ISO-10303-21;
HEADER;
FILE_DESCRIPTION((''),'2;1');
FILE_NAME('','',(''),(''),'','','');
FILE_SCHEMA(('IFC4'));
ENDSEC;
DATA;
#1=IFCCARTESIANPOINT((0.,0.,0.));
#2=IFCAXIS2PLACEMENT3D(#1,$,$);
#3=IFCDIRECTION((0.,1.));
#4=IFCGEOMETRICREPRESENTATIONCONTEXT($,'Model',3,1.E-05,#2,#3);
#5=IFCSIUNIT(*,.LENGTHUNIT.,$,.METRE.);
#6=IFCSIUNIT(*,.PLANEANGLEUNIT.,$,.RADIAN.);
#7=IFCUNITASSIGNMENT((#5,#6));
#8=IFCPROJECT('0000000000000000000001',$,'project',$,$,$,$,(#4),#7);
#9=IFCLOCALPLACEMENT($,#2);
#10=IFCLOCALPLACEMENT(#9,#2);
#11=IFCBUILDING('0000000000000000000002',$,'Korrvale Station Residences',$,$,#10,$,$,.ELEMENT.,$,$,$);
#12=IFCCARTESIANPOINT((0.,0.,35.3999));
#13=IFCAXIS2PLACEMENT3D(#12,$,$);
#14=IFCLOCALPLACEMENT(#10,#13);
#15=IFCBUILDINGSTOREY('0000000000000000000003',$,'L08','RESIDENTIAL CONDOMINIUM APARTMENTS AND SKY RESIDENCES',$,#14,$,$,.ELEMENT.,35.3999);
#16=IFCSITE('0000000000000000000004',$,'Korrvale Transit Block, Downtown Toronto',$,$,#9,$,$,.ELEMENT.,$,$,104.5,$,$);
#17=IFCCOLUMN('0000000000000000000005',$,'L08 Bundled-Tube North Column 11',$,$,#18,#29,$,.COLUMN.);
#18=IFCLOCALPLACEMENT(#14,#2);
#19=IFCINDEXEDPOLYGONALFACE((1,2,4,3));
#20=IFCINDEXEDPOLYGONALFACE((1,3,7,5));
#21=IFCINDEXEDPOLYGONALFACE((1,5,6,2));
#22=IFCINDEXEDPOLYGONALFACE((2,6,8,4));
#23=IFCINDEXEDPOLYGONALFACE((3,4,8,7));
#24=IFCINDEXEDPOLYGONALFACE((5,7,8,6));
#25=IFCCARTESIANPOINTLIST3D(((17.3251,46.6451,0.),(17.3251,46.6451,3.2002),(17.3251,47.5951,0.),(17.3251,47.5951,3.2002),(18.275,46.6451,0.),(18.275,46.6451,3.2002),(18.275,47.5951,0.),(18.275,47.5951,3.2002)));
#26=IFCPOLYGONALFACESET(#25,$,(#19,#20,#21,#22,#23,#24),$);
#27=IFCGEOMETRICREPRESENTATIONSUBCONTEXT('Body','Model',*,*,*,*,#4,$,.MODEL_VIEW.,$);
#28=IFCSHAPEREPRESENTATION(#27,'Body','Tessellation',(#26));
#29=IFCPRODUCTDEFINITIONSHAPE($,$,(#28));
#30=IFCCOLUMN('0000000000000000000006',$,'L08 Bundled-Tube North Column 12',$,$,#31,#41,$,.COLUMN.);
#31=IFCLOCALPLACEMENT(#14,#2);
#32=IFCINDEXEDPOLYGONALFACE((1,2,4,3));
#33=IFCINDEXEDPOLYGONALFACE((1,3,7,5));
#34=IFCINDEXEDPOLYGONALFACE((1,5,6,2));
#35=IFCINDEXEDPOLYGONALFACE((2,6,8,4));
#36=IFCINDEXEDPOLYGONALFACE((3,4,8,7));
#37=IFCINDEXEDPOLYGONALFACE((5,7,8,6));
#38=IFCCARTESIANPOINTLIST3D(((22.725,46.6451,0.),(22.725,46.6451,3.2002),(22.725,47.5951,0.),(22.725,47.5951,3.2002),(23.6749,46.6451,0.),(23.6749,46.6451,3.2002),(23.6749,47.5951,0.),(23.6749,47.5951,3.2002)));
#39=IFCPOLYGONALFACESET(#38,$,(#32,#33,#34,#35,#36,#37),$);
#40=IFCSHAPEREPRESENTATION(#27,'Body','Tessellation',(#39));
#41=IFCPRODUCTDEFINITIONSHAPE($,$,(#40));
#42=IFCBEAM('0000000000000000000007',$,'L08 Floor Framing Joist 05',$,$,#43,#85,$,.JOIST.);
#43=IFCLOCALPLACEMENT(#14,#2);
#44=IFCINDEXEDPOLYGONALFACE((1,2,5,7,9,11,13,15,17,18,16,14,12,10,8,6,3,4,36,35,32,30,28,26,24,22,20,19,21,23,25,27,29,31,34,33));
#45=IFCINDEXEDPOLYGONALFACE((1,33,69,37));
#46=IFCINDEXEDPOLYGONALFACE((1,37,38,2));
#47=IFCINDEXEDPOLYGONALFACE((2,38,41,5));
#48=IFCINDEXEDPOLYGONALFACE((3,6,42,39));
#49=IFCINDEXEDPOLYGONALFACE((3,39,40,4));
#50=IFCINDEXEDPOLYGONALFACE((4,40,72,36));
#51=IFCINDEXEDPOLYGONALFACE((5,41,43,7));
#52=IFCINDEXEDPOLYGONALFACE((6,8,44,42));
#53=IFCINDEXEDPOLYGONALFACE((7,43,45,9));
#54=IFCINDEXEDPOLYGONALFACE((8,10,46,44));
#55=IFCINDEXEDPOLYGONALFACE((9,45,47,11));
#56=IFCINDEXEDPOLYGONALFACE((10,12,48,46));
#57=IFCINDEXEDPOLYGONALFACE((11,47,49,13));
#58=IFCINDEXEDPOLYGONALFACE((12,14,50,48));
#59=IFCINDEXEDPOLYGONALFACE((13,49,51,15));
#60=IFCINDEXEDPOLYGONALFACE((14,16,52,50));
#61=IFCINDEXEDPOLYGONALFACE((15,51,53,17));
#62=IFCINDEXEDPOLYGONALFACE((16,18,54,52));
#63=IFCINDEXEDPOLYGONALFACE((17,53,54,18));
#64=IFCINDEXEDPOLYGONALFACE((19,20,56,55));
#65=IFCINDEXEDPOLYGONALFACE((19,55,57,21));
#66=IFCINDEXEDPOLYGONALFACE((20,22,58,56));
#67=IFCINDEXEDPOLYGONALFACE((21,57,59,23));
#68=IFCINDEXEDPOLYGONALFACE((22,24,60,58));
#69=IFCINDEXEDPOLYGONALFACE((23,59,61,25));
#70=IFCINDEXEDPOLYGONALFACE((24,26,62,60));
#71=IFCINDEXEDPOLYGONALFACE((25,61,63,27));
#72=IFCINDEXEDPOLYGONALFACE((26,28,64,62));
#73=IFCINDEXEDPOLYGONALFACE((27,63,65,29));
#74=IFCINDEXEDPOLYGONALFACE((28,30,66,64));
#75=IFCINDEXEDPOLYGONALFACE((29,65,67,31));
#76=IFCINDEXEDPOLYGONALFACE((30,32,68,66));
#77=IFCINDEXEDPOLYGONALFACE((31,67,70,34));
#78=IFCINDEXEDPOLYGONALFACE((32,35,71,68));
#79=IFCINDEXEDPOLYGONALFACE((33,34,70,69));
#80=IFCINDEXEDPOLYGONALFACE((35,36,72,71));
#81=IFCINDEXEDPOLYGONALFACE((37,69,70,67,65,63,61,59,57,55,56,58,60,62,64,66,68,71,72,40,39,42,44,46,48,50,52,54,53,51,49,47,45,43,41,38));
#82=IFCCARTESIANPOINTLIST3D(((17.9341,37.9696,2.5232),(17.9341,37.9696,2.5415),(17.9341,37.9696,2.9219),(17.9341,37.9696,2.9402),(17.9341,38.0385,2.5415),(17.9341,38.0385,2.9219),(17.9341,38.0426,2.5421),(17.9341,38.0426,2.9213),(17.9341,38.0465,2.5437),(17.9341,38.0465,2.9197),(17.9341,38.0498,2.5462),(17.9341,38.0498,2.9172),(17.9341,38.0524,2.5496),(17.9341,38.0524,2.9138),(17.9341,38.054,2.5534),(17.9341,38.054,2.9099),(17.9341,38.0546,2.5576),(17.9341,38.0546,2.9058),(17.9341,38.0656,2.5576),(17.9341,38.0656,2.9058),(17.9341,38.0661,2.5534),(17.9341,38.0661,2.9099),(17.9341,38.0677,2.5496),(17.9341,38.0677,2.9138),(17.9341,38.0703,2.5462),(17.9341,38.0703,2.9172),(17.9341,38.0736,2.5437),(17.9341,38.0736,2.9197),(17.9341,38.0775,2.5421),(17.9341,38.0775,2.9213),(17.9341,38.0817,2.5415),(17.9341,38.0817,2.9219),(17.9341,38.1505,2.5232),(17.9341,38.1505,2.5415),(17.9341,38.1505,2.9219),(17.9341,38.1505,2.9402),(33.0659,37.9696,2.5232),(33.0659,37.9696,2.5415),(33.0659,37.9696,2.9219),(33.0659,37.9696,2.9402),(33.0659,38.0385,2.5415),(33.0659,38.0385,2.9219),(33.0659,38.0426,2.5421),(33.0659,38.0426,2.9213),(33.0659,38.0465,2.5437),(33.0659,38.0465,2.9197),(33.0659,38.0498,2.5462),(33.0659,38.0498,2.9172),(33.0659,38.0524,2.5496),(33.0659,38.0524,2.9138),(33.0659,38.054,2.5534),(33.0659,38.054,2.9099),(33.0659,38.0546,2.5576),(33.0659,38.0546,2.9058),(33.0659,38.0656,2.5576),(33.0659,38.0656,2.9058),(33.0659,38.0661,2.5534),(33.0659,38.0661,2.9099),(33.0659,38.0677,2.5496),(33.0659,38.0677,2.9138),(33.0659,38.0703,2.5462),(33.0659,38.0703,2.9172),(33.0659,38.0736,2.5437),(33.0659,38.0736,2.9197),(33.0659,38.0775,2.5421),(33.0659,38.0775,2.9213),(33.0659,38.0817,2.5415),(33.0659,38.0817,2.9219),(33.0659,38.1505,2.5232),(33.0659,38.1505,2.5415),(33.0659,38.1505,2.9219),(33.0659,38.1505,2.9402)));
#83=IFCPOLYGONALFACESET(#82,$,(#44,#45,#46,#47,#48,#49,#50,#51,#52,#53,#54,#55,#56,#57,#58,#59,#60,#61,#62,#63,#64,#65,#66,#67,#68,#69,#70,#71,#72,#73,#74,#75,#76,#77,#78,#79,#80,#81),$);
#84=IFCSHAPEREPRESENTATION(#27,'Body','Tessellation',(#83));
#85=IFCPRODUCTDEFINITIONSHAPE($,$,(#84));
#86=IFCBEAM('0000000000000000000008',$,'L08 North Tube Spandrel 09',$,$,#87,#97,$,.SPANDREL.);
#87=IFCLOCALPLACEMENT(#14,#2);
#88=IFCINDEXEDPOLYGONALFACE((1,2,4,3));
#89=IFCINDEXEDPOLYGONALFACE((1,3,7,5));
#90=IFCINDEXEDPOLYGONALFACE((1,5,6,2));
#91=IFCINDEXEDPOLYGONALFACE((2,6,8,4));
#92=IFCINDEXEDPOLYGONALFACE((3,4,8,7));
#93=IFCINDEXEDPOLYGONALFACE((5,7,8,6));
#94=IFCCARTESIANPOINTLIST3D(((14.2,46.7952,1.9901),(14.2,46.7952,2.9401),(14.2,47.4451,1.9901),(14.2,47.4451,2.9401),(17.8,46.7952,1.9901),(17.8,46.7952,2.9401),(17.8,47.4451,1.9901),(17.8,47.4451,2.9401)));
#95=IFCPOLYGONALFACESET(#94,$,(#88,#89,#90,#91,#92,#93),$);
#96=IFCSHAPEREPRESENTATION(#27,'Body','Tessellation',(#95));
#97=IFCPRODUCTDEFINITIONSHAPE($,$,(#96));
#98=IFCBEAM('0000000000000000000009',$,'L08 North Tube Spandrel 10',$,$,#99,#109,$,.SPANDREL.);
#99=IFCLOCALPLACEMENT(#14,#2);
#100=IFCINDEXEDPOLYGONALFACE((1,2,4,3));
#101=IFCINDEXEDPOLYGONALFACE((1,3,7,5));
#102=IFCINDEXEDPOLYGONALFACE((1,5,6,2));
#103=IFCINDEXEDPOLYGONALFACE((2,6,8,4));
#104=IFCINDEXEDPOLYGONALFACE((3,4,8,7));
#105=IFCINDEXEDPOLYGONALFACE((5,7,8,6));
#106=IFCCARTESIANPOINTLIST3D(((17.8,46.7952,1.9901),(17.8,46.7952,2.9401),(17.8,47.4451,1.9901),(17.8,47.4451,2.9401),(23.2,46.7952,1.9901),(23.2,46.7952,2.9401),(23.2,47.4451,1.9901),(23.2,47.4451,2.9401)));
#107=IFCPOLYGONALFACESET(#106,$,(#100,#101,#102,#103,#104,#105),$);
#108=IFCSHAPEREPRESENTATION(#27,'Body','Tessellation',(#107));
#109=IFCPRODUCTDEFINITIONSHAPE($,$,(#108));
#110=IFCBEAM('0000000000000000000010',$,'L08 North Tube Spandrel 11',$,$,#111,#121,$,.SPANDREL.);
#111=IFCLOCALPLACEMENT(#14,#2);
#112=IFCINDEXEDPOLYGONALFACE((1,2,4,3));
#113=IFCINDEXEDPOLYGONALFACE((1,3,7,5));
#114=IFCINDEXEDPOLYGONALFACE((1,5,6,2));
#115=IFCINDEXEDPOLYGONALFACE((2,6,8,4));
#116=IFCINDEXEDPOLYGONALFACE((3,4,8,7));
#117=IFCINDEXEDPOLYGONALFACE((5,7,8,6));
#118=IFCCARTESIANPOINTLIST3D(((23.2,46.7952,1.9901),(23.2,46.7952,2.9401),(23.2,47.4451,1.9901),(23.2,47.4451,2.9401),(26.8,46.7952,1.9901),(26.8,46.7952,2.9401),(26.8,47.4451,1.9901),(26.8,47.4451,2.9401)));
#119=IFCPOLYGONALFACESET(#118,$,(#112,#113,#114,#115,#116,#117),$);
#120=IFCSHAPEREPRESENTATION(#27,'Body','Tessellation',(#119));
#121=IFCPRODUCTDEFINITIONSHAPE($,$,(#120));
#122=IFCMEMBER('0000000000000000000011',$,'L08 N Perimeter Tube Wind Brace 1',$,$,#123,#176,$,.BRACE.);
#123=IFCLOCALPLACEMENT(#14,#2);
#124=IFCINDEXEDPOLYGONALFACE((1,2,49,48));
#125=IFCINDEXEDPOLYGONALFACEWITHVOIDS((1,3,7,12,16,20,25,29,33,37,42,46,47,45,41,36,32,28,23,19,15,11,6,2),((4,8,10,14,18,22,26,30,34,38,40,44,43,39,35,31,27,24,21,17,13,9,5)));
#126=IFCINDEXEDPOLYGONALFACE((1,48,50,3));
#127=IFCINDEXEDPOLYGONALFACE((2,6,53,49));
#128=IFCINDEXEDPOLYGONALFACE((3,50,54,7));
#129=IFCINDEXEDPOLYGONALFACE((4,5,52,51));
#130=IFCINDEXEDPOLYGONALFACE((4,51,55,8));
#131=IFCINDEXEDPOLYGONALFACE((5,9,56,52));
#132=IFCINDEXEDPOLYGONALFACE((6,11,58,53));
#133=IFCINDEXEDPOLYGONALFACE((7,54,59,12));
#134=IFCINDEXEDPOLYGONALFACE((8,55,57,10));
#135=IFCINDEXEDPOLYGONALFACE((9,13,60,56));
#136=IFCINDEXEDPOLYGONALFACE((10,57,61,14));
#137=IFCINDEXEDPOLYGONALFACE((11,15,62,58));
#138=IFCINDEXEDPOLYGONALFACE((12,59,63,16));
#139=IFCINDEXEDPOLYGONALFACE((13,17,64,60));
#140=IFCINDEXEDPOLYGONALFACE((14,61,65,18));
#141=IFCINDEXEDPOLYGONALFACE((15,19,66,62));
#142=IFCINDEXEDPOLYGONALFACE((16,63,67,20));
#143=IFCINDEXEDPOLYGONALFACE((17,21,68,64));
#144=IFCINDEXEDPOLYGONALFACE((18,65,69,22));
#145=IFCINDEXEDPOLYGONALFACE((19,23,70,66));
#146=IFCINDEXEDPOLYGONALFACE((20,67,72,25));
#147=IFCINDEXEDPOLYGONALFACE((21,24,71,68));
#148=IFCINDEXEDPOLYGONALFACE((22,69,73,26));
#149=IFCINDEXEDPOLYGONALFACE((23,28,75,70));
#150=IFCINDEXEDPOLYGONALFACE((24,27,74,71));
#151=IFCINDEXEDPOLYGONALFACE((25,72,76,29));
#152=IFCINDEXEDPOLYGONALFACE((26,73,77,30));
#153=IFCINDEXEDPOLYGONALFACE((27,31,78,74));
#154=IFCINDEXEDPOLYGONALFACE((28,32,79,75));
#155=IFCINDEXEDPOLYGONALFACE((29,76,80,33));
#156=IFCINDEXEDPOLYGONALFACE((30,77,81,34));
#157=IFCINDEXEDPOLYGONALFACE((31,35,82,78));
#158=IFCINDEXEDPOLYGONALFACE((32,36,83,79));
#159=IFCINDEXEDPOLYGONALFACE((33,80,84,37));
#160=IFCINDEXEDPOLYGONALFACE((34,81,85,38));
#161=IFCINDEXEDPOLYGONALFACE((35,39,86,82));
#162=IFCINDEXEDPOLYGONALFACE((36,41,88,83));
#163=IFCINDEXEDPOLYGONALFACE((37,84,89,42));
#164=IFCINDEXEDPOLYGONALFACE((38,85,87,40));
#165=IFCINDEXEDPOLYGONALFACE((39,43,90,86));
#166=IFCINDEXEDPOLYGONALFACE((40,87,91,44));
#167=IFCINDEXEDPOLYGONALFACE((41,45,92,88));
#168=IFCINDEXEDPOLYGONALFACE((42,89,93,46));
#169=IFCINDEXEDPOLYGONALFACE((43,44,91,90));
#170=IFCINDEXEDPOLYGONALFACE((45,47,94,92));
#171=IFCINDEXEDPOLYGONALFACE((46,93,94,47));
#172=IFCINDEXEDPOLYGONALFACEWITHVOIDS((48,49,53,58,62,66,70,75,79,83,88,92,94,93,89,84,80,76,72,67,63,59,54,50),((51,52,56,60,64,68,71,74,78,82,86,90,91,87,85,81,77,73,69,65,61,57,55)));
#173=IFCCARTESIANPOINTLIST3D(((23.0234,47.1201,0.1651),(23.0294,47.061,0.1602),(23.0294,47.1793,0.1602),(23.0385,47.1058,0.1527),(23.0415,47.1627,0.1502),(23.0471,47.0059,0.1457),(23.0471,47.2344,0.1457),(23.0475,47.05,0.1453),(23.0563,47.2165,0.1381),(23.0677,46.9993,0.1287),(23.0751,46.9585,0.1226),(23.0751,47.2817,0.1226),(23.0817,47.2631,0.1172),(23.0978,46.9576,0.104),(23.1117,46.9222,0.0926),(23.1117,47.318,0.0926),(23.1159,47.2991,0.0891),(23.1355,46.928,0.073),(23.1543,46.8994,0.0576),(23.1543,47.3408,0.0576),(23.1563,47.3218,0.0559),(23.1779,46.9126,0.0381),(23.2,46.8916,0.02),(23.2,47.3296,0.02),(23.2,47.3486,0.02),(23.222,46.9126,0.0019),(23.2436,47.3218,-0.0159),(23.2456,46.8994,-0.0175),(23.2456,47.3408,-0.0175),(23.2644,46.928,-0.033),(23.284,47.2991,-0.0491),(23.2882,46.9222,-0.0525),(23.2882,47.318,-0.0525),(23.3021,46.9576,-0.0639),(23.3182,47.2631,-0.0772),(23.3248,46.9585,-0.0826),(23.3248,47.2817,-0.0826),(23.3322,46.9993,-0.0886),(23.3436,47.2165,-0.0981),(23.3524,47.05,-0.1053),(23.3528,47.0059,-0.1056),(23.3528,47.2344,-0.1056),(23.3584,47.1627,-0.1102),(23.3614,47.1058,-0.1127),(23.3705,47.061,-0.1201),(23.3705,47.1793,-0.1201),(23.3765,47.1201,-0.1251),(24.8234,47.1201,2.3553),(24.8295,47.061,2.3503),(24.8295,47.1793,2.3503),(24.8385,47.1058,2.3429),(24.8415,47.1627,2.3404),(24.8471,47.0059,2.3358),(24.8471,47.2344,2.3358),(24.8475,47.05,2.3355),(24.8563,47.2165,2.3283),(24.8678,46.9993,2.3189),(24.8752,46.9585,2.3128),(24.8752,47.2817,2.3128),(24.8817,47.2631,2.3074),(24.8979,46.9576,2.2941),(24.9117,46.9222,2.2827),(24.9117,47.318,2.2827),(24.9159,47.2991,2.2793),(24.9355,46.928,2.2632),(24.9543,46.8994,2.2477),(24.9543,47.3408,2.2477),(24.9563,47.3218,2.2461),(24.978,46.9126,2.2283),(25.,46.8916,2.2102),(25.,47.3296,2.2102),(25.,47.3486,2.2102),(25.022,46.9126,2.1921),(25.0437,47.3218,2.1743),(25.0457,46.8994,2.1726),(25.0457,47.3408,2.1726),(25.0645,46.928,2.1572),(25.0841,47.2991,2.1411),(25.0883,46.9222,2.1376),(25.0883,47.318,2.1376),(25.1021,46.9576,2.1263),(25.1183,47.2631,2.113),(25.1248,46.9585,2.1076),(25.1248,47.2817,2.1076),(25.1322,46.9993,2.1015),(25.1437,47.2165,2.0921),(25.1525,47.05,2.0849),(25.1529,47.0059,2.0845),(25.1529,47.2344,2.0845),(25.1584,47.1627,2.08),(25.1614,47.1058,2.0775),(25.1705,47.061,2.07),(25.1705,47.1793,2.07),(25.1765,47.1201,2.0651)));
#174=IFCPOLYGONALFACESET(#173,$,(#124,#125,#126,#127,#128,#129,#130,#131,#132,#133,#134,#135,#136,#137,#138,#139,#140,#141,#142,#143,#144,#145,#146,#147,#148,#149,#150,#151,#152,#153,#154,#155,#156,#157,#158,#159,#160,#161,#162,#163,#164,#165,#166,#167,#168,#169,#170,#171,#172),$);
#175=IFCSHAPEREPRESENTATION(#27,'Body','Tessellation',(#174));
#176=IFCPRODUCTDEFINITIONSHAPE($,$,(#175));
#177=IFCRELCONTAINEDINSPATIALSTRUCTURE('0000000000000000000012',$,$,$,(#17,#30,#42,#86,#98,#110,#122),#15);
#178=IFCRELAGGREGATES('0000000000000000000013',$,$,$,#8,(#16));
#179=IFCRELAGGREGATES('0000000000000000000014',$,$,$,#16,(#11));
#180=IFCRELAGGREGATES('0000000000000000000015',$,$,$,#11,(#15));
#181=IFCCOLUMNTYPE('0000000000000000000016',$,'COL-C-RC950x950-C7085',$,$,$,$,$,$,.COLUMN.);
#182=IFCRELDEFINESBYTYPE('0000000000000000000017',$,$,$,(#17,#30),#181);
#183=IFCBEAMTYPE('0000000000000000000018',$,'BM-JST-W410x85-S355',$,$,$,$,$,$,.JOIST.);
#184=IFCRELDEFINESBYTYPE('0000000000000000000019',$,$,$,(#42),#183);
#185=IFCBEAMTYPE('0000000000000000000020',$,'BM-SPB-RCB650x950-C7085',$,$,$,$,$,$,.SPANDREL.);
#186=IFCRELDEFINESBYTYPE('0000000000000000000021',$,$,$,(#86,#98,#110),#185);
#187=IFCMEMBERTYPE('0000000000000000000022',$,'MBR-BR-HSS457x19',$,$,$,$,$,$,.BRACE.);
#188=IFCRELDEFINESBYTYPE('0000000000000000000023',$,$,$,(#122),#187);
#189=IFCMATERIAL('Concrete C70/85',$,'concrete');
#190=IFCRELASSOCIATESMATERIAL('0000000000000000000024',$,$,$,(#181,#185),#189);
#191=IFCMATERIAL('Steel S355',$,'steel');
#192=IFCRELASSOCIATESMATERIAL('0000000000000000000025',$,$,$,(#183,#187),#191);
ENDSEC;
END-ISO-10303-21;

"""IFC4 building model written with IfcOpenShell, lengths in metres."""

from ifc_helpers import new_model, si_unit, direction, frame, origin, origin_2d, place, context, subcontext, project, spatial, rectangle, hollow_circle, i_section, extrude, material, material_profile, profile_set, type_object, element, save


model = new_model("IFC4")

# Units and contexts
model_context = context("Model", 3, precision=1e-05, world=origin(), true_north=direction((0.0, 1.0)))
body_context = subcontext(model_context, "Body", "Model", "MODEL_VIEW")
ifc_project = project(units=[si_unit("LENGTHUNIT", "METRE"), si_unit("PLANEANGLEUNIT", "RADIAN")], contexts=[model_context])

# Site, building, storey
site_placement = place(None, origin())
site = spatial("IfcSite", under=ifc_project, at=site_placement, Name="Korrvale Transit Block, Downtown Toronto", CompositionType="ELEMENT", RefElevation=104.5)
building_placement = place(site_placement, origin())
building = spatial("IfcBuilding", under=site, at=building_placement, Name="Korrvale Station Residences", CompositionType="ELEMENT")
storey_placement = place(building_placement, frame((0.0, 0.0, 35.3999)))
storey = spatial("IfcBuildingStorey", under=building, at=storey_placement, Name="L08", Description="RESIDENTIAL CONDOMINIUM APARTMENTS AND SKY RESIDENCES", CompositionType="ELEMENT", Elevation=35.3999)

# Columns
ifc_material_1 = material(Name="Concrete C70/85", Category="concrete")
ifc_material_profile_1 = material_profile(ifc_material_1, rectangle(XDim=0.95, YDim=0.95, at=origin_2d()), Name="RC950x950")
ifc_profile_set_1 = profile_set([ifc_material_profile_1], Name="Concrete C70/85")
column_type = type_object("IfcColumnType", Name="COL-C-RC950x950-C7085", PredefinedType="COLUMN", material=ifc_profile_set_1)
for number, where, z_axis, x_axis, name in (
    (1, (17.8, 47.1201, 0.0), (0.0, 0.0, 1.0), (1.0, 0.0, 0.0), "L08 Bundled-Tube North Column 11"),
    (2, (23.2, 47.1201, 0.0), (0.0, 0.0, 1.0), (1.0, 0.0, 0.0), "L08 Bundled-Tube North Column 12"),
):
    element("IfcColumn", number, at=place(storey_placement, frame(where, z_axis=z_axis, x_axis=x_axis)), inside=storey, type_object=column_type, Name=name, PredefinedType="COLUMN", context=body_context, shape_type="SweptSolid", body=[
        extrude(rectangle(XDim=0.95, YDim=0.95, at=origin_2d()), origin(), (0.0, 0.0, 1.0), 3.2002),
    ])

# Beams
ifc_material_2 = material(Name="Steel S355", Category="steel")
ifc_material_profile_2 = material_profile(ifc_material_2, i_section(OverallWidth=0.1809, OverallDepth=0.417, WebThickness=0.011, FlangeThickness=0.0183, FilletRadius=0.0161, at=origin_2d()), Name="W410x85")
ifc_profile_set_2 = profile_set([ifc_material_profile_2], Name="Steel S355")
beam_type_1 = type_object("IfcBeamType", Name="BM-JST-W410x85-S355", PredefinedType="JOIST", material=ifc_profile_set_2)
beam_1_placement = place(storey_placement, frame((17.9341, 38.0601, 2.7317), z_axis=(1.0, 0.0, 0.0), x_axis=(0.0, 1.0, 0.0)))
element("IfcBeam", 3, at=beam_1_placement, inside=storey, type_object=beam_type_1, Name="L08 Floor Framing Joist 05", PredefinedType="JOIST", context=body_context, shape_type="SweptSolid", body=[
    extrude(i_section(OverallWidth=0.1809, OverallDepth=0.417, WebThickness=0.011, FlangeThickness=0.0183, FilletRadius=0.0161, at=origin_2d()), origin(), (0.0, 0.0, 1.0), 15.1318),
])
ifc_material_profile_3 = material_profile(ifc_material_1, rectangle(XDim=0.6499, YDim=0.95, at=origin_2d()), Name="RCB650x950")
ifc_profile_set_3 = profile_set([ifc_material_profile_3], Name="Concrete C70/85")
beam_type_2 = type_object("IfcBeamType", Name="BM-SPB-RCB650x950-C7085", PredefinedType="SPANDREL", material=ifc_profile_set_3)
beam_2_placement = place(storey_placement, frame((14.2, 47.1201, 2.4651), z_axis=(1.0, 0.0, 0.0), x_axis=(0.0, 1.0, 0.0)))
element("IfcBeam", 4, at=beam_2_placement, inside=storey, type_object=beam_type_2, Name="L08 North Tube Spandrel 09", PredefinedType="SPANDREL", context=body_context, shape_type="SweptSolid", body=[
    extrude(rectangle(XDim=0.6499, YDim=0.95, at=origin_2d()), origin(), (0.0, 0.0, 1.0), 3.6001),
])
beam_3_placement = place(storey_placement, frame((17.8, 47.1201, 2.4651), z_axis=(1.0, 0.0, 0.0), x_axis=(0.0, 1.0, 0.0)))
element("IfcBeam", 5, at=beam_3_placement, inside=storey, type_object=beam_type_2, Name="L08 North Tube Spandrel 10", PredefinedType="SPANDREL", context=body_context, shape_type="SweptSolid", body=[
    extrude(rectangle(XDim=0.6499, YDim=0.95, at=origin_2d()), origin(), (0.0, 0.0, 1.0), 5.3999),
])
beam_4_placement = place(storey_placement, frame((23.2, 47.1201, 2.4651), z_axis=(1.0, 0.0, 0.0), x_axis=(0.0, 1.0, 0.0)))
element("IfcBeam", 6, at=beam_4_placement, inside=storey, type_object=beam_type_2, Name="L08 North Tube Spandrel 11", PredefinedType="SPANDREL", context=body_context, shape_type="SweptSolid", body=[
    extrude(rectangle(XDim=0.6499, YDim=0.95, at=origin_2d()), origin(), (0.0, 0.0, 1.0), 3.6001),
])

# Member
ifc_material_profile_4 = material_profile(ifc_material_2, hollow_circle(Radius=0.2285, WallThickness=0.019, at=origin_2d()), Name="HSS457x19")
ifc_profile_set_4 = profile_set([ifc_material_profile_4], Name="Steel S355")
member_type = type_object("IfcMemberType", Name="MBR-BR-HSS457x19", PredefinedType="BRACE", material=ifc_profile_set_4)
member_placement = place(storey_placement, frame((23.2, 47.1201, 0.02), z_axis=(0.634943, 0.0, 0.772559), x_axis=(0.0, 1.0, 0.0)))
element("IfcMember", 7, at=member_placement, inside=storey, type_object=member_type, Name="L08 N Perimeter Tube Wind Brace 1", PredefinedType="BRACE", context=body_context, shape_type="SweptSolid", body=[
    extrude(hollow_circle(Radius=0.2285, WallThickness=0.019, at=origin_2d()), origin(), (0.0, 0.0, 1.0), 2.835),
])

save(model, "model.ifc")
